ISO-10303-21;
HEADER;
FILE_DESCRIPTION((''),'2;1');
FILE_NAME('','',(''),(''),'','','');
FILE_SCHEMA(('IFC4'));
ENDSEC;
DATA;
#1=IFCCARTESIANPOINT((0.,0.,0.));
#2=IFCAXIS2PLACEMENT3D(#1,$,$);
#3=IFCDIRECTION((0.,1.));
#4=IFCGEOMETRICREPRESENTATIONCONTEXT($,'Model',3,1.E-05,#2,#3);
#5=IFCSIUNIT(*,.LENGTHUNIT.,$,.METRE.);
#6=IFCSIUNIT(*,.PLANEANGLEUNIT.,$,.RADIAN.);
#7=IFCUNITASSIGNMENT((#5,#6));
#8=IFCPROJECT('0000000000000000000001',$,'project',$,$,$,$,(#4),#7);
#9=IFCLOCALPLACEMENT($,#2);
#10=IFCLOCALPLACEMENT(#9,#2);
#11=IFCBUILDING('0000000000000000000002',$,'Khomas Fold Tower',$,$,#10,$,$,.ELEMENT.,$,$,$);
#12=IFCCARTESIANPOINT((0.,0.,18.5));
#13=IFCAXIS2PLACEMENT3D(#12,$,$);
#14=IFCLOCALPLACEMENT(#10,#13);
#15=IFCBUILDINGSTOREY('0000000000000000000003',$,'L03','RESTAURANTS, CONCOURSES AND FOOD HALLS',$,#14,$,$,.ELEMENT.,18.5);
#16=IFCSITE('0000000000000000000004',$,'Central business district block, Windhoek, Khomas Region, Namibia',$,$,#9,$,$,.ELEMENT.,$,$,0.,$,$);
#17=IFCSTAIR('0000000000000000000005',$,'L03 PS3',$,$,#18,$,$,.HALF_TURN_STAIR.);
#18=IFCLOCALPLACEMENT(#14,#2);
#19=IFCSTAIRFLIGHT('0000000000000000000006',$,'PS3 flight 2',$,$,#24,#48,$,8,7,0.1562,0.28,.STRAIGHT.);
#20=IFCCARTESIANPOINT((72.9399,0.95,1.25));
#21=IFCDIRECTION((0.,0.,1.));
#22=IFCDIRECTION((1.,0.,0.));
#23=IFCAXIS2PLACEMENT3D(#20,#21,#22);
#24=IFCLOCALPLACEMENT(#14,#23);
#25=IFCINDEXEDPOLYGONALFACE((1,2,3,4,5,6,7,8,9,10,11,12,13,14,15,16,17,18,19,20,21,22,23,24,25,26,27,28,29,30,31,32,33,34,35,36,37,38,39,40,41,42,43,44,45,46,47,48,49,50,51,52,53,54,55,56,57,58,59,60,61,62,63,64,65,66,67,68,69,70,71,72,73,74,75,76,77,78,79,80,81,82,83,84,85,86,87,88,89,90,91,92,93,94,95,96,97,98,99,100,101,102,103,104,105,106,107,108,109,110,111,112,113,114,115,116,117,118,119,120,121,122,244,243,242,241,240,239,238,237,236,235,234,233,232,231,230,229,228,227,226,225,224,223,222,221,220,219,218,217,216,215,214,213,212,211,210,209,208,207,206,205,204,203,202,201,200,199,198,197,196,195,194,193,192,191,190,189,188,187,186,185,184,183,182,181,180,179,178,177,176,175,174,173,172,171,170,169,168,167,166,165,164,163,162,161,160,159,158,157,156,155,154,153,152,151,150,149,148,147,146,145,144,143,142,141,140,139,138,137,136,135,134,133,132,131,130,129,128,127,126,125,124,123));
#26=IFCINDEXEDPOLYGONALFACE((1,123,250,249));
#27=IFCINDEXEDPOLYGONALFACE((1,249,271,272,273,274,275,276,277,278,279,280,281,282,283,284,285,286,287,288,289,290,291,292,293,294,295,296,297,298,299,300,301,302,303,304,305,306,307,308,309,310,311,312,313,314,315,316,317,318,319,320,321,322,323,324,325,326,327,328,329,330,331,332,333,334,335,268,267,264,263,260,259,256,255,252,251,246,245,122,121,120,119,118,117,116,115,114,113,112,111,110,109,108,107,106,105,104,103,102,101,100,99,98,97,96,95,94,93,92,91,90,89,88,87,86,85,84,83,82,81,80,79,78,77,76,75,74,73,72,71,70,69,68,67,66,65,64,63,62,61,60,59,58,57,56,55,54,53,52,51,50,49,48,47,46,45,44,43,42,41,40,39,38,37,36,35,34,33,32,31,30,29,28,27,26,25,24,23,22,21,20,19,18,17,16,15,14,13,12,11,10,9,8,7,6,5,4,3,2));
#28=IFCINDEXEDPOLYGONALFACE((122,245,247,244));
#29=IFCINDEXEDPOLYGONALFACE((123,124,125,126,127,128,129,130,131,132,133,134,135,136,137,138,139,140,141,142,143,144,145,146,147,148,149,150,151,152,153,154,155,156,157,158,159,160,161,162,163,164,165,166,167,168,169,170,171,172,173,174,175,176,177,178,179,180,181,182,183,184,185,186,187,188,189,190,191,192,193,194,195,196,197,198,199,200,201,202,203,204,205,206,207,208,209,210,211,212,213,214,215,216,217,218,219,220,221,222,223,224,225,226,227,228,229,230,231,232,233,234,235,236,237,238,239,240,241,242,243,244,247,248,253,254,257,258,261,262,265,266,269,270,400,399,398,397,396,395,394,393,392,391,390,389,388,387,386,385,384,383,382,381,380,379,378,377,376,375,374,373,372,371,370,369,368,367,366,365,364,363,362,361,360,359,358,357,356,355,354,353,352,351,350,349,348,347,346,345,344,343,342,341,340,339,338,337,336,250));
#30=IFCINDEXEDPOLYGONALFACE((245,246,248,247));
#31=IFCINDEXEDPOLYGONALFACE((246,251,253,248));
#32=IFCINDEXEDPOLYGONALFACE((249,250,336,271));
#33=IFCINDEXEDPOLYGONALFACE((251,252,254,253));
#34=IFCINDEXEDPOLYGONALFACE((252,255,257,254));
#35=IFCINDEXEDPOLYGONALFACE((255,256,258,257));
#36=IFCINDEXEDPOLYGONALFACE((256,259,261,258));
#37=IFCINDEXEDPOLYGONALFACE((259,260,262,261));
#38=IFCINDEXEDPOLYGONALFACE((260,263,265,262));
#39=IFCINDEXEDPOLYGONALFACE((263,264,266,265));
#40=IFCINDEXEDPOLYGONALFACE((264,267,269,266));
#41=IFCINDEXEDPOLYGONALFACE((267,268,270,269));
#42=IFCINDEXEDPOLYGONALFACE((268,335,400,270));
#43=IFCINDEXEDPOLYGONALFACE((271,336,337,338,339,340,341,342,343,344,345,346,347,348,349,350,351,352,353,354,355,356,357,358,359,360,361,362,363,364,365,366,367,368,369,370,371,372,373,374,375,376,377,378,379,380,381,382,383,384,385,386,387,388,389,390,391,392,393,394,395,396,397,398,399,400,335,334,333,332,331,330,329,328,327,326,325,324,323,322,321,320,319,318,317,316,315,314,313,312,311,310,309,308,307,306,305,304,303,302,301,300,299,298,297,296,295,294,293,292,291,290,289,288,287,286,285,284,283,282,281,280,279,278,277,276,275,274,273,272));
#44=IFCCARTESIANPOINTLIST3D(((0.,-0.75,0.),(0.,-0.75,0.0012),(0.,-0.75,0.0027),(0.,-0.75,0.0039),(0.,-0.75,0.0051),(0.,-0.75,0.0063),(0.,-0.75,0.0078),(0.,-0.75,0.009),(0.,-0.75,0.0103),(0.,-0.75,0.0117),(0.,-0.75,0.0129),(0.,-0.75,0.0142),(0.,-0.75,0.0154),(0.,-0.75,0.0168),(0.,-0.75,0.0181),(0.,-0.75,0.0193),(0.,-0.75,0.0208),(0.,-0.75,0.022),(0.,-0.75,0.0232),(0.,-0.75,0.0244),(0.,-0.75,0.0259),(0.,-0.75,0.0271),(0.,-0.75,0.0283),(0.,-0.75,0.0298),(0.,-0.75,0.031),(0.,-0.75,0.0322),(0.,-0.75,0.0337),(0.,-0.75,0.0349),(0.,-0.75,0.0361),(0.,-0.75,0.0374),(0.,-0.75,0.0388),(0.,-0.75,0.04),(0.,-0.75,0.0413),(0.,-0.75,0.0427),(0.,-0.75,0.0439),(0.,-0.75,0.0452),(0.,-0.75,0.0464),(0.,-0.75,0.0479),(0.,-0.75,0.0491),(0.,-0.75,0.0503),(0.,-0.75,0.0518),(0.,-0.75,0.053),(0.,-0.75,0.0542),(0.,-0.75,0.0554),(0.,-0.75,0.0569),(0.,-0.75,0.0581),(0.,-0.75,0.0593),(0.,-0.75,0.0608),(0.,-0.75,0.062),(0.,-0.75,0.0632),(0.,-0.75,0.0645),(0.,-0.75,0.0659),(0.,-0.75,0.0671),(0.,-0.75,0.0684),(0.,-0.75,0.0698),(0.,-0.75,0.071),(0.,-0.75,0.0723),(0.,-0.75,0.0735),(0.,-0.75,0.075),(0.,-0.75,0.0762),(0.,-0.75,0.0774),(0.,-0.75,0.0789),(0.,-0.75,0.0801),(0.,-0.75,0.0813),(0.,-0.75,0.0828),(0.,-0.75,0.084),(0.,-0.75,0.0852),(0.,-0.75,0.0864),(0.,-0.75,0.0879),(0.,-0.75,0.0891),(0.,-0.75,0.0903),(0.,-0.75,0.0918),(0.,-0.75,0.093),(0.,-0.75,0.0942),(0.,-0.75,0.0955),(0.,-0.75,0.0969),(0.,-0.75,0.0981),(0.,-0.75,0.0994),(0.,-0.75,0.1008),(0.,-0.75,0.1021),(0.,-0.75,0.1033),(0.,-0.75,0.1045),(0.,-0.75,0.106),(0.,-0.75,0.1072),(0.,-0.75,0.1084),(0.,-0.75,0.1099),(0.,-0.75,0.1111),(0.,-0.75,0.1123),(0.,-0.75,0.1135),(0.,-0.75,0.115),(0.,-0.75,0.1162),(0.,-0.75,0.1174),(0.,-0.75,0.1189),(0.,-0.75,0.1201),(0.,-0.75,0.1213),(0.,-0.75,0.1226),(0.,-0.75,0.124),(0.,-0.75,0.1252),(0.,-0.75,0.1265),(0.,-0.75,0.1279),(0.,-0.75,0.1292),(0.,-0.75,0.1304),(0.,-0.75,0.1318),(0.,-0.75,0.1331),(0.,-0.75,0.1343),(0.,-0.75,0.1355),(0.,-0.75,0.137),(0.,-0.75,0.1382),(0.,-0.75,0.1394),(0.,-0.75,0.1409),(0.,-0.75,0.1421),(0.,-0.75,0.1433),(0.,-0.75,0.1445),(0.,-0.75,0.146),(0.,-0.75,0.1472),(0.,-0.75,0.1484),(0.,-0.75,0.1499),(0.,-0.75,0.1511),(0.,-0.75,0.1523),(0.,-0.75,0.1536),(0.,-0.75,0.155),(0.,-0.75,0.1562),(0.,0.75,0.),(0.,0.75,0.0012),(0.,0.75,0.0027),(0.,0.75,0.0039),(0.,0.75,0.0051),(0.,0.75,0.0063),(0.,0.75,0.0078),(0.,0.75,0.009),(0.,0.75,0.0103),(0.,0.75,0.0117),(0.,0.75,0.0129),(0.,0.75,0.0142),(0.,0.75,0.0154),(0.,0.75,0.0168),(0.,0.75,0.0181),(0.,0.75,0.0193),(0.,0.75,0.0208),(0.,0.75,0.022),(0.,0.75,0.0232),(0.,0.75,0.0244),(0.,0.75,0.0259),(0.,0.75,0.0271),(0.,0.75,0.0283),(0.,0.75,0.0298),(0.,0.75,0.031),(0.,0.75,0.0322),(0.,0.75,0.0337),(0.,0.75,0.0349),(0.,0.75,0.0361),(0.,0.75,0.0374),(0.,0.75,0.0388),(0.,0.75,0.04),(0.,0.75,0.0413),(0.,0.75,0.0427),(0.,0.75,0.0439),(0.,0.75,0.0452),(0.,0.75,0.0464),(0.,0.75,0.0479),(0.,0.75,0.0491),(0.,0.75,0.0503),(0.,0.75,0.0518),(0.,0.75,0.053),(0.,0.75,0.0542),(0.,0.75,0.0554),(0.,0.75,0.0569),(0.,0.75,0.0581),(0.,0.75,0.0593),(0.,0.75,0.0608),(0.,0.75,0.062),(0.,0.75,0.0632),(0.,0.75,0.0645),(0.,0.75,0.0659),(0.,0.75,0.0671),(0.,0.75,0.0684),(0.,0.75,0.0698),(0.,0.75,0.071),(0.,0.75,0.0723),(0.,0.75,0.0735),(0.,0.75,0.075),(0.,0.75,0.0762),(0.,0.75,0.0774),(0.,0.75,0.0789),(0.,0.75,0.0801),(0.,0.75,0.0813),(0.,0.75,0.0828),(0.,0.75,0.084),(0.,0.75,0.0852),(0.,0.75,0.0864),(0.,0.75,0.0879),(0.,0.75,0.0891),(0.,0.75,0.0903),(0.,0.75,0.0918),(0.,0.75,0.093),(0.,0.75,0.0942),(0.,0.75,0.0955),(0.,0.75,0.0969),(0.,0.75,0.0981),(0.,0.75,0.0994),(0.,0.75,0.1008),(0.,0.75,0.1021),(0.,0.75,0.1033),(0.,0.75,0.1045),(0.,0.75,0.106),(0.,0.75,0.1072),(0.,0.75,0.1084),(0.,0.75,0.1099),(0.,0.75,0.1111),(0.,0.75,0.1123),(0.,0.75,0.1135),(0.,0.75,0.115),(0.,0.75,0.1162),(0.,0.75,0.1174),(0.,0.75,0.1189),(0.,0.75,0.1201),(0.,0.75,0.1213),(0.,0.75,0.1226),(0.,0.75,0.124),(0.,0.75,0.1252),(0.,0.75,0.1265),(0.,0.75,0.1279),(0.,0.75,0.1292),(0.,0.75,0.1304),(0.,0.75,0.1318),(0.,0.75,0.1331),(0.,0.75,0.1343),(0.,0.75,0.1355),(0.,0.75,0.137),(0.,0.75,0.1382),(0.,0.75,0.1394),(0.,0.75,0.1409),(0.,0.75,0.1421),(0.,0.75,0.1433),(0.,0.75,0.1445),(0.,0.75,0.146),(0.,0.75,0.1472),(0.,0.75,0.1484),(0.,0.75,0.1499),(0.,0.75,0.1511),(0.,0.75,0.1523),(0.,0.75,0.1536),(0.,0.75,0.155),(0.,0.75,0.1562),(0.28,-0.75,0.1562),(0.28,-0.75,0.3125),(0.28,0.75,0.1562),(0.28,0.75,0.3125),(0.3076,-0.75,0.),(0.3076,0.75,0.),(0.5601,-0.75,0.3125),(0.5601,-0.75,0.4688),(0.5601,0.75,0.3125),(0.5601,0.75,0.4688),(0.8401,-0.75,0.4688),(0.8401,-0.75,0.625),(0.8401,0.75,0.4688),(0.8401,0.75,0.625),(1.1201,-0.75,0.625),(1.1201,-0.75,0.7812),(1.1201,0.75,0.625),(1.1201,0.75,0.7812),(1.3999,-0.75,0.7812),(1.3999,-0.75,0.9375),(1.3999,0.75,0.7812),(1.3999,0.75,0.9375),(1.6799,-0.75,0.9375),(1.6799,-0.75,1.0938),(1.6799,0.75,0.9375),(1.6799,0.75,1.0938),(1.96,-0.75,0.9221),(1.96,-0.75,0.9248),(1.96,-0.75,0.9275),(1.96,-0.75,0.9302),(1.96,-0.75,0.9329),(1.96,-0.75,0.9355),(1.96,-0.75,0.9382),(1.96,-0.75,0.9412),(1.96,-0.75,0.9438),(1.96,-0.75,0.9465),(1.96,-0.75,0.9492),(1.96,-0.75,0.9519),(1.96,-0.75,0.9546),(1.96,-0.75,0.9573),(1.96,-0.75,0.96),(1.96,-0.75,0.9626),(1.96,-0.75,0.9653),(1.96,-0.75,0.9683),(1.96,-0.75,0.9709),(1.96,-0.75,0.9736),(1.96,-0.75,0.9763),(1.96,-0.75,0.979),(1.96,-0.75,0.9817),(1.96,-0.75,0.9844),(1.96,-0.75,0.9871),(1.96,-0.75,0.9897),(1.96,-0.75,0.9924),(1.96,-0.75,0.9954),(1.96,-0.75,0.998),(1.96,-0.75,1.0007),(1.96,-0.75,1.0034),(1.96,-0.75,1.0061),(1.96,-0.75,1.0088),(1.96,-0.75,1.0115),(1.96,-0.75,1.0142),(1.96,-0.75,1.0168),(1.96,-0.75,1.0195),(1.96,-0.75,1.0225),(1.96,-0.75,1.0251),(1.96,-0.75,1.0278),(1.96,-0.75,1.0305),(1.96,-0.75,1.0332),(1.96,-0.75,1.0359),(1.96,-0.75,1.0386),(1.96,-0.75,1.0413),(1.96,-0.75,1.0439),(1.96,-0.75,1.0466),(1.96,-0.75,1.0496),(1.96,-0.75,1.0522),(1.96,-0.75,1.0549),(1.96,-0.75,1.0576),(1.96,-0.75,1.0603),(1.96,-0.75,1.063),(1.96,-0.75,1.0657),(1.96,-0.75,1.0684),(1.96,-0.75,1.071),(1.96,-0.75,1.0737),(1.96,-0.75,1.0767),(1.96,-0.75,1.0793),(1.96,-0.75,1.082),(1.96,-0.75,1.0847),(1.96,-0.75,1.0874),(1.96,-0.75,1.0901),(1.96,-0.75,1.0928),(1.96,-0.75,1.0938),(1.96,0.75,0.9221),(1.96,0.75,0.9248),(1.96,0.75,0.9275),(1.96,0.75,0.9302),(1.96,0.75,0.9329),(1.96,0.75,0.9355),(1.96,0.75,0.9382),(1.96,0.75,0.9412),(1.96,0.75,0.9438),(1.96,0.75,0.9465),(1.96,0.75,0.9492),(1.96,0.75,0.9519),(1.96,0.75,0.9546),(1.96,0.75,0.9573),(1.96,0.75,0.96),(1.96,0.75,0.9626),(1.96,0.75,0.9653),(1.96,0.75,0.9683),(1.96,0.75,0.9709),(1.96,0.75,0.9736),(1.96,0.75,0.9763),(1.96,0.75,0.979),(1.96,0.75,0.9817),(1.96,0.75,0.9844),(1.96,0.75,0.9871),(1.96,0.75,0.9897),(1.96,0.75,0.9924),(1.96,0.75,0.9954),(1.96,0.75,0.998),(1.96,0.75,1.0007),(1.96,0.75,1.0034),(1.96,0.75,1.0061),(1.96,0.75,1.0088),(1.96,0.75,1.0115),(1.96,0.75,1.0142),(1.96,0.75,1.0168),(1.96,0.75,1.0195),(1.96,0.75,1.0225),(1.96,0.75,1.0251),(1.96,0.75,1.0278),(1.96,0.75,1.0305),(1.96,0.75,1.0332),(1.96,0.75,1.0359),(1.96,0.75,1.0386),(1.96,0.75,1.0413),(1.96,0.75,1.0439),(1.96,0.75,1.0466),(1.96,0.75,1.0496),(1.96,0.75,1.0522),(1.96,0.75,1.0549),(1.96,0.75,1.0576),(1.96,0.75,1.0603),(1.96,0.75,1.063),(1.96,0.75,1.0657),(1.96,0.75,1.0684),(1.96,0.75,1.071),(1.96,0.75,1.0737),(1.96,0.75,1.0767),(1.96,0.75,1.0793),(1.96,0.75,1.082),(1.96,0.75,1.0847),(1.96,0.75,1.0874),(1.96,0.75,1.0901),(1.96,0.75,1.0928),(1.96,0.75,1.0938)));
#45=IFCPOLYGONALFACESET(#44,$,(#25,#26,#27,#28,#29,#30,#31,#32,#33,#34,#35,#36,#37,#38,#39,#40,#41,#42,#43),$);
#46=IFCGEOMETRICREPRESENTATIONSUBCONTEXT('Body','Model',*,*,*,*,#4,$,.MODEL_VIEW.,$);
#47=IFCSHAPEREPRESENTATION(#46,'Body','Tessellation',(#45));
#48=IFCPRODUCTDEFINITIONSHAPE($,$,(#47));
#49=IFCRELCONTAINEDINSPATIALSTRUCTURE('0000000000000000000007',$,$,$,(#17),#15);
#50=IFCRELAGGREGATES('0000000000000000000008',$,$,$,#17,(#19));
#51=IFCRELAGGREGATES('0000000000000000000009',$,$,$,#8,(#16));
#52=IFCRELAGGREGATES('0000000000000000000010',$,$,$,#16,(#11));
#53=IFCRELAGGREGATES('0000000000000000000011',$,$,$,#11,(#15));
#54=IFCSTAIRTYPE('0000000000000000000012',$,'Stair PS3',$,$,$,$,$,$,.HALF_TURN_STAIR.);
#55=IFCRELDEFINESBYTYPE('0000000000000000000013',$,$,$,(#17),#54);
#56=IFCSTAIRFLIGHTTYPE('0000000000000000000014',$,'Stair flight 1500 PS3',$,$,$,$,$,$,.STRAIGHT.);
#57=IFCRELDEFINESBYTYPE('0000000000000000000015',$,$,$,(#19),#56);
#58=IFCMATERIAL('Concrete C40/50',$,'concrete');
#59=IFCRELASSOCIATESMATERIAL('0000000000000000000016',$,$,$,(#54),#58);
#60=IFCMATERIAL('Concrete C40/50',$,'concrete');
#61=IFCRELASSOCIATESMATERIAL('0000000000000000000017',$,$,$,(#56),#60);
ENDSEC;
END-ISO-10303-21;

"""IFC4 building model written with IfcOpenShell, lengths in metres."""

from ifc_helpers import new_model, si_unit, direction, frame, origin, place, context, subcontext, project, spatial, polyline, outline, extrude, source, transform, mapped, material, type_object, element, aggregate, save


model = new_model("IFC4")

# Units and contexts
model_context = context("Model", 3, precision=1e-05, world=origin(), true_north=direction((0.0, 1.0)))
body_context = subcontext(model_context, "Body", "Model", "MODEL_VIEW")
ifc_project = project(units=[si_unit("LENGTHUNIT", "METRE"), si_unit("PLANEANGLEUNIT", "RADIAN")], contexts=[model_context])

# Site, building, storey
site_placement = place(None, origin())
site = spatial("IfcSite", under=ifc_project, at=site_placement, Name="Central business district block, Windhoek, Khomas Region, Namibia", CompositionType="ELEMENT", RefElevation=0.0)
building_placement = place(site_placement, origin())
building = spatial("IfcBuilding", under=site, at=building_placement, Name="Khomas Fold Tower", CompositionType="ELEMENT")
storey_placement = place(building_placement, frame((0.0, 0.0, 18.5)))
storey = spatial("IfcBuildingStorey", under=building, at=storey_placement, Name="L03", Description="RESTAURANTS, CONCOURSES AND FOOD HALLS", CompositionType="ELEMENT", Elevation=18.5)

# Stair, stair flight
ifc_material_1 = material(Name="Concrete C40/50", Category="concrete")
stair_type = type_object("IfcStairType", Name="Stair PS3", PredefinedType="HALF_TURN_STAIR", material=ifc_material_1)
stair_placement = place(storey_placement, origin())
stair = element("IfcStair", 1, at=stair_placement, inside=storey, type_object=stair_type, Name="L03 PS3", PredefinedType="HALF_TURN_STAIR")
ifc_material_2 = material(Name="Concrete C40/50", Category="concrete")
stair_flight_type = type_object("IfcStairFlightType", Name="Stair flight 1500 PS3", PredefinedType="STRAIGHT", material=ifc_material_2)
shared_shape_1 = source(origin(), body_context, "Body", "SweptSolid", [
    extrude(outline(polyline([(0.0, 0.0), (0.0, 0.0012), (0.0, 0.0027), (0.0, 0.0039), (0.0, 0.0051), (0.0, 0.0063), (0.0, 0.0078), (0.0, 0.009), (0.0, 0.0103), (0.0, 0.0117), (0.0, 0.0129), (0.0, 0.0142), (0.0, 0.0154), (0.0, 0.0168), (0.0, 0.0181), (0.0, 0.0193), (0.0, 0.0208), (0.0, 0.022), (0.0, 0.0232), (0.0, 0.0244), (0.0, 0.0259), (0.0, 0.0271), (0.0, 0.0283), (0.0, 0.0298), (0.0, 0.031), (0.0, 0.0322), (0.0, 0.0337), (0.0, 0.0349), (0.0, 0.0361), (0.0, 0.0374), (0.0, 0.0388), (0.0, 0.04), (0.0, 0.0413), (0.0, 0.0427), (0.0, 0.0439), (0.0, 0.0452), (0.0, 0.0464), (0.0, 0.0479), (0.0, 0.0491), (0.0, 0.0503), (0.0, 0.0518), (0.0, 0.053), (0.0, 0.0542), (0.0, 0.0554), (0.0, 0.0569), (0.0, 0.0581), (0.0, 0.0593), (0.0, 0.0608), (0.0, 0.062), (0.0, 0.0632), (0.0, 0.0645), (0.0, 0.0659), (0.0, 0.0671), (0.0, 0.0684), (0.0, 0.0698), (0.0, 0.071), (0.0, 0.0723), (0.0, 0.0735), (0.0, 0.075), (0.0, 0.0762), (0.0, 0.0774), (0.0, 0.0789), (0.0, 0.0801), (0.0, 0.0813), (0.0, 0.0828), (0.0, 0.084), (0.0, 0.0852), (0.0, 0.0864), (0.0, 0.0879), (0.0, 0.0891), (0.0, 0.0903), (0.0, 0.0918), (0.0, 0.093), (0.0, 0.0942), (0.0, 0.0955), (0.0, 0.0969), (0.0, 0.0981), (0.0, 0.0994), (0.0, 0.1008), (0.0, 0.1021), (0.0, 0.1033), (0.0, 0.1045), (0.0, 0.106), (0.0, 0.1072), (0.0, 0.1084), (0.0, 0.1099), (0.0, 0.1111), (0.0, 0.1123), (0.0, 0.1135), (0.0, 0.115), (0.0, 0.1162), (0.0, 0.1174), (0.0, 0.1189), (0.0, 0.1201), (0.0, 0.1213), (0.0, 0.1226), (0.0, 0.124), (0.0, 0.1252), (0.0, 0.1265), (0.0, 0.1279), (0.0, 0.1292), (0.0, 0.1304), (0.0, 0.1318), (0.0, 0.1331), (0.0, 0.1343), (0.0, 0.1355), (0.0, 0.137), (0.0, 0.1382), (0.0, 0.1394), (0.0, 0.1409), (0.0, 0.1421), (0.0, 0.1433), (0.0, 0.1445), (0.0, 0.146), (0.0, 0.1472), (0.0, 0.1484), (0.0, 0.1499), (0.0, 0.1511), (0.0, 0.1523), (0.0, 0.1536), (0.0, 0.155), (0.0, 0.1562), (0.28, 0.1562), (0.28, 0.3125), (0.5601, 0.3125), (0.5601, 0.4688), (0.8401, 0.4688), (0.8401, 0.625), (1.1201, 0.625), (1.1201, 0.7812), (1.3999, 0.7812), (1.3999, 0.9375), (1.6799, 0.9375), (1.6799, 1.0938), (1.96, 1.0938), (1.96, 1.25), (1.96, 1.2473), (1.96, 1.2446), (1.96, 1.2419), (1.96, 1.2393), (1.96, 1.2363), (1.96, 1.2336), (1.96, 1.231), (1.96, 1.2283), (1.96, 1.2256), (1.96, 1.2229), (1.96, 1.2202), (1.96, 1.2175), (1.96, 1.2148), (1.96, 1.2122), (1.96, 1.2092), (1.96, 1.2065), (1.96, 1.2039), (1.96, 1.2012), (1.96, 1.1985), (1.96, 1.1958), (1.96, 1.1931), (1.96, 1.1904), (1.96, 1.1877), (1.96, 1.1851), (1.96, 1.1821), (1.96, 1.1794), (1.96, 1.1768), (1.96, 1.1741), (1.96, 1.1714), (1.96, 1.1687), (1.96, 1.166), (1.96, 1.1633), (1.96, 1.1606), (1.96, 1.158), (1.96, 1.155), (1.96, 1.1523), (1.96, 1.1497), (1.96, 1.147), (1.96, 1.1443), (1.96, 1.1416), (1.96, 1.1389), (1.96, 1.1362), (1.96, 1.1335), (1.96, 1.1309), (1.96, 1.1279), (1.96, 1.1252), (1.96, 1.1226), (1.96, 1.1199), (1.96, 1.1172), (1.96, 1.1145), (1.96, 1.1118), (1.96, 1.1091), (1.96, 1.1064), (1.96, 1.1038), (1.96, 1.1008), (1.96, 1.0981), (1.96, 1.0955), (1.96, 1.0928), (1.96, 1.0901), (1.96, 1.0874), (1.96, 1.0847), (1.96, 1.082), (1.96, 1.0793), (1.96, 1.0767), (1.96, 1.0737), (1.96, 1.071), (1.96, 1.0684), (1.96, 1.0657), (1.96, 1.063), (1.96, 1.0603), (1.96, 1.0576), (1.96, 1.0549), (1.96, 1.0522), (1.96, 1.0496), (1.96, 1.0466), (1.96, 1.0439), (1.96, 1.0413), (1.96, 1.0386), (1.96, 1.0359), (1.96, 1.0332), (1.96, 1.0305), (1.96, 1.0278), (1.96, 1.0251), (1.96, 1.0225), (1.96, 1.0195), (1.96, 1.0168), (1.96, 1.0142), (1.96, 1.0115), (1.96, 1.0088), (1.96, 1.0061), (1.96, 1.0034), (1.96, 1.0007), (1.96, 0.998), (1.96, 0.9954), (1.96, 0.9924), (1.96, 0.9897), (1.96, 0.9871), (1.96, 0.9844), (1.96, 0.9817), (1.96, 0.979), (1.96, 0.9763), (1.96, 0.9736), (1.96, 0.9709), (1.96, 0.9683), (1.96, 0.9653), (1.96, 0.9626), (1.96, 0.96), (1.96, 0.9573), (1.96, 0.9546), (1.96, 0.9519), (1.96, 0.9492), (1.96, 0.9465), (1.96, 0.9438), (1.96, 0.9412), (1.96, 0.9382), (1.96, 0.9355), (1.96, 0.9329), (1.96, 0.9302), (1.96, 0.9275), (1.96, 0.9248), (1.96, 0.9221), (0.3076, 0.0), (0.0, 0.0)])), frame((0.0, 0.75, 0.0), z_axis=(0.0, -1.0, 0.0), x_axis=(1.0, 0.0, 0.0)), (0.0, 0.0, 1.0), 1.5),
])
stair_flight_1_placement = place(storey_placement, frame((72.9399, 0.95, 1.25), z_axis=(0.0, 0.0, 1.0), x_axis=(1.0, 0.0, 0.0)))
stair_flight_1 = element("IfcStairFlight", 2, at=stair_flight_1_placement, type_object=stair_flight_type, Name="PS3 flight 2", NumberOfRisers=8, NumberOfTreads=7, PredefinedType="STRAIGHT", RiserHeight=0.1562, TreadLength=0.28, context=body_context, shape_type="MappedRepresentation", body=[
    mapped(shared_shape_1, transform((0.0, 0.0, 0.0))),
])
aggregate(stair, [stair_flight_1])

save(model, "model.ifc")
